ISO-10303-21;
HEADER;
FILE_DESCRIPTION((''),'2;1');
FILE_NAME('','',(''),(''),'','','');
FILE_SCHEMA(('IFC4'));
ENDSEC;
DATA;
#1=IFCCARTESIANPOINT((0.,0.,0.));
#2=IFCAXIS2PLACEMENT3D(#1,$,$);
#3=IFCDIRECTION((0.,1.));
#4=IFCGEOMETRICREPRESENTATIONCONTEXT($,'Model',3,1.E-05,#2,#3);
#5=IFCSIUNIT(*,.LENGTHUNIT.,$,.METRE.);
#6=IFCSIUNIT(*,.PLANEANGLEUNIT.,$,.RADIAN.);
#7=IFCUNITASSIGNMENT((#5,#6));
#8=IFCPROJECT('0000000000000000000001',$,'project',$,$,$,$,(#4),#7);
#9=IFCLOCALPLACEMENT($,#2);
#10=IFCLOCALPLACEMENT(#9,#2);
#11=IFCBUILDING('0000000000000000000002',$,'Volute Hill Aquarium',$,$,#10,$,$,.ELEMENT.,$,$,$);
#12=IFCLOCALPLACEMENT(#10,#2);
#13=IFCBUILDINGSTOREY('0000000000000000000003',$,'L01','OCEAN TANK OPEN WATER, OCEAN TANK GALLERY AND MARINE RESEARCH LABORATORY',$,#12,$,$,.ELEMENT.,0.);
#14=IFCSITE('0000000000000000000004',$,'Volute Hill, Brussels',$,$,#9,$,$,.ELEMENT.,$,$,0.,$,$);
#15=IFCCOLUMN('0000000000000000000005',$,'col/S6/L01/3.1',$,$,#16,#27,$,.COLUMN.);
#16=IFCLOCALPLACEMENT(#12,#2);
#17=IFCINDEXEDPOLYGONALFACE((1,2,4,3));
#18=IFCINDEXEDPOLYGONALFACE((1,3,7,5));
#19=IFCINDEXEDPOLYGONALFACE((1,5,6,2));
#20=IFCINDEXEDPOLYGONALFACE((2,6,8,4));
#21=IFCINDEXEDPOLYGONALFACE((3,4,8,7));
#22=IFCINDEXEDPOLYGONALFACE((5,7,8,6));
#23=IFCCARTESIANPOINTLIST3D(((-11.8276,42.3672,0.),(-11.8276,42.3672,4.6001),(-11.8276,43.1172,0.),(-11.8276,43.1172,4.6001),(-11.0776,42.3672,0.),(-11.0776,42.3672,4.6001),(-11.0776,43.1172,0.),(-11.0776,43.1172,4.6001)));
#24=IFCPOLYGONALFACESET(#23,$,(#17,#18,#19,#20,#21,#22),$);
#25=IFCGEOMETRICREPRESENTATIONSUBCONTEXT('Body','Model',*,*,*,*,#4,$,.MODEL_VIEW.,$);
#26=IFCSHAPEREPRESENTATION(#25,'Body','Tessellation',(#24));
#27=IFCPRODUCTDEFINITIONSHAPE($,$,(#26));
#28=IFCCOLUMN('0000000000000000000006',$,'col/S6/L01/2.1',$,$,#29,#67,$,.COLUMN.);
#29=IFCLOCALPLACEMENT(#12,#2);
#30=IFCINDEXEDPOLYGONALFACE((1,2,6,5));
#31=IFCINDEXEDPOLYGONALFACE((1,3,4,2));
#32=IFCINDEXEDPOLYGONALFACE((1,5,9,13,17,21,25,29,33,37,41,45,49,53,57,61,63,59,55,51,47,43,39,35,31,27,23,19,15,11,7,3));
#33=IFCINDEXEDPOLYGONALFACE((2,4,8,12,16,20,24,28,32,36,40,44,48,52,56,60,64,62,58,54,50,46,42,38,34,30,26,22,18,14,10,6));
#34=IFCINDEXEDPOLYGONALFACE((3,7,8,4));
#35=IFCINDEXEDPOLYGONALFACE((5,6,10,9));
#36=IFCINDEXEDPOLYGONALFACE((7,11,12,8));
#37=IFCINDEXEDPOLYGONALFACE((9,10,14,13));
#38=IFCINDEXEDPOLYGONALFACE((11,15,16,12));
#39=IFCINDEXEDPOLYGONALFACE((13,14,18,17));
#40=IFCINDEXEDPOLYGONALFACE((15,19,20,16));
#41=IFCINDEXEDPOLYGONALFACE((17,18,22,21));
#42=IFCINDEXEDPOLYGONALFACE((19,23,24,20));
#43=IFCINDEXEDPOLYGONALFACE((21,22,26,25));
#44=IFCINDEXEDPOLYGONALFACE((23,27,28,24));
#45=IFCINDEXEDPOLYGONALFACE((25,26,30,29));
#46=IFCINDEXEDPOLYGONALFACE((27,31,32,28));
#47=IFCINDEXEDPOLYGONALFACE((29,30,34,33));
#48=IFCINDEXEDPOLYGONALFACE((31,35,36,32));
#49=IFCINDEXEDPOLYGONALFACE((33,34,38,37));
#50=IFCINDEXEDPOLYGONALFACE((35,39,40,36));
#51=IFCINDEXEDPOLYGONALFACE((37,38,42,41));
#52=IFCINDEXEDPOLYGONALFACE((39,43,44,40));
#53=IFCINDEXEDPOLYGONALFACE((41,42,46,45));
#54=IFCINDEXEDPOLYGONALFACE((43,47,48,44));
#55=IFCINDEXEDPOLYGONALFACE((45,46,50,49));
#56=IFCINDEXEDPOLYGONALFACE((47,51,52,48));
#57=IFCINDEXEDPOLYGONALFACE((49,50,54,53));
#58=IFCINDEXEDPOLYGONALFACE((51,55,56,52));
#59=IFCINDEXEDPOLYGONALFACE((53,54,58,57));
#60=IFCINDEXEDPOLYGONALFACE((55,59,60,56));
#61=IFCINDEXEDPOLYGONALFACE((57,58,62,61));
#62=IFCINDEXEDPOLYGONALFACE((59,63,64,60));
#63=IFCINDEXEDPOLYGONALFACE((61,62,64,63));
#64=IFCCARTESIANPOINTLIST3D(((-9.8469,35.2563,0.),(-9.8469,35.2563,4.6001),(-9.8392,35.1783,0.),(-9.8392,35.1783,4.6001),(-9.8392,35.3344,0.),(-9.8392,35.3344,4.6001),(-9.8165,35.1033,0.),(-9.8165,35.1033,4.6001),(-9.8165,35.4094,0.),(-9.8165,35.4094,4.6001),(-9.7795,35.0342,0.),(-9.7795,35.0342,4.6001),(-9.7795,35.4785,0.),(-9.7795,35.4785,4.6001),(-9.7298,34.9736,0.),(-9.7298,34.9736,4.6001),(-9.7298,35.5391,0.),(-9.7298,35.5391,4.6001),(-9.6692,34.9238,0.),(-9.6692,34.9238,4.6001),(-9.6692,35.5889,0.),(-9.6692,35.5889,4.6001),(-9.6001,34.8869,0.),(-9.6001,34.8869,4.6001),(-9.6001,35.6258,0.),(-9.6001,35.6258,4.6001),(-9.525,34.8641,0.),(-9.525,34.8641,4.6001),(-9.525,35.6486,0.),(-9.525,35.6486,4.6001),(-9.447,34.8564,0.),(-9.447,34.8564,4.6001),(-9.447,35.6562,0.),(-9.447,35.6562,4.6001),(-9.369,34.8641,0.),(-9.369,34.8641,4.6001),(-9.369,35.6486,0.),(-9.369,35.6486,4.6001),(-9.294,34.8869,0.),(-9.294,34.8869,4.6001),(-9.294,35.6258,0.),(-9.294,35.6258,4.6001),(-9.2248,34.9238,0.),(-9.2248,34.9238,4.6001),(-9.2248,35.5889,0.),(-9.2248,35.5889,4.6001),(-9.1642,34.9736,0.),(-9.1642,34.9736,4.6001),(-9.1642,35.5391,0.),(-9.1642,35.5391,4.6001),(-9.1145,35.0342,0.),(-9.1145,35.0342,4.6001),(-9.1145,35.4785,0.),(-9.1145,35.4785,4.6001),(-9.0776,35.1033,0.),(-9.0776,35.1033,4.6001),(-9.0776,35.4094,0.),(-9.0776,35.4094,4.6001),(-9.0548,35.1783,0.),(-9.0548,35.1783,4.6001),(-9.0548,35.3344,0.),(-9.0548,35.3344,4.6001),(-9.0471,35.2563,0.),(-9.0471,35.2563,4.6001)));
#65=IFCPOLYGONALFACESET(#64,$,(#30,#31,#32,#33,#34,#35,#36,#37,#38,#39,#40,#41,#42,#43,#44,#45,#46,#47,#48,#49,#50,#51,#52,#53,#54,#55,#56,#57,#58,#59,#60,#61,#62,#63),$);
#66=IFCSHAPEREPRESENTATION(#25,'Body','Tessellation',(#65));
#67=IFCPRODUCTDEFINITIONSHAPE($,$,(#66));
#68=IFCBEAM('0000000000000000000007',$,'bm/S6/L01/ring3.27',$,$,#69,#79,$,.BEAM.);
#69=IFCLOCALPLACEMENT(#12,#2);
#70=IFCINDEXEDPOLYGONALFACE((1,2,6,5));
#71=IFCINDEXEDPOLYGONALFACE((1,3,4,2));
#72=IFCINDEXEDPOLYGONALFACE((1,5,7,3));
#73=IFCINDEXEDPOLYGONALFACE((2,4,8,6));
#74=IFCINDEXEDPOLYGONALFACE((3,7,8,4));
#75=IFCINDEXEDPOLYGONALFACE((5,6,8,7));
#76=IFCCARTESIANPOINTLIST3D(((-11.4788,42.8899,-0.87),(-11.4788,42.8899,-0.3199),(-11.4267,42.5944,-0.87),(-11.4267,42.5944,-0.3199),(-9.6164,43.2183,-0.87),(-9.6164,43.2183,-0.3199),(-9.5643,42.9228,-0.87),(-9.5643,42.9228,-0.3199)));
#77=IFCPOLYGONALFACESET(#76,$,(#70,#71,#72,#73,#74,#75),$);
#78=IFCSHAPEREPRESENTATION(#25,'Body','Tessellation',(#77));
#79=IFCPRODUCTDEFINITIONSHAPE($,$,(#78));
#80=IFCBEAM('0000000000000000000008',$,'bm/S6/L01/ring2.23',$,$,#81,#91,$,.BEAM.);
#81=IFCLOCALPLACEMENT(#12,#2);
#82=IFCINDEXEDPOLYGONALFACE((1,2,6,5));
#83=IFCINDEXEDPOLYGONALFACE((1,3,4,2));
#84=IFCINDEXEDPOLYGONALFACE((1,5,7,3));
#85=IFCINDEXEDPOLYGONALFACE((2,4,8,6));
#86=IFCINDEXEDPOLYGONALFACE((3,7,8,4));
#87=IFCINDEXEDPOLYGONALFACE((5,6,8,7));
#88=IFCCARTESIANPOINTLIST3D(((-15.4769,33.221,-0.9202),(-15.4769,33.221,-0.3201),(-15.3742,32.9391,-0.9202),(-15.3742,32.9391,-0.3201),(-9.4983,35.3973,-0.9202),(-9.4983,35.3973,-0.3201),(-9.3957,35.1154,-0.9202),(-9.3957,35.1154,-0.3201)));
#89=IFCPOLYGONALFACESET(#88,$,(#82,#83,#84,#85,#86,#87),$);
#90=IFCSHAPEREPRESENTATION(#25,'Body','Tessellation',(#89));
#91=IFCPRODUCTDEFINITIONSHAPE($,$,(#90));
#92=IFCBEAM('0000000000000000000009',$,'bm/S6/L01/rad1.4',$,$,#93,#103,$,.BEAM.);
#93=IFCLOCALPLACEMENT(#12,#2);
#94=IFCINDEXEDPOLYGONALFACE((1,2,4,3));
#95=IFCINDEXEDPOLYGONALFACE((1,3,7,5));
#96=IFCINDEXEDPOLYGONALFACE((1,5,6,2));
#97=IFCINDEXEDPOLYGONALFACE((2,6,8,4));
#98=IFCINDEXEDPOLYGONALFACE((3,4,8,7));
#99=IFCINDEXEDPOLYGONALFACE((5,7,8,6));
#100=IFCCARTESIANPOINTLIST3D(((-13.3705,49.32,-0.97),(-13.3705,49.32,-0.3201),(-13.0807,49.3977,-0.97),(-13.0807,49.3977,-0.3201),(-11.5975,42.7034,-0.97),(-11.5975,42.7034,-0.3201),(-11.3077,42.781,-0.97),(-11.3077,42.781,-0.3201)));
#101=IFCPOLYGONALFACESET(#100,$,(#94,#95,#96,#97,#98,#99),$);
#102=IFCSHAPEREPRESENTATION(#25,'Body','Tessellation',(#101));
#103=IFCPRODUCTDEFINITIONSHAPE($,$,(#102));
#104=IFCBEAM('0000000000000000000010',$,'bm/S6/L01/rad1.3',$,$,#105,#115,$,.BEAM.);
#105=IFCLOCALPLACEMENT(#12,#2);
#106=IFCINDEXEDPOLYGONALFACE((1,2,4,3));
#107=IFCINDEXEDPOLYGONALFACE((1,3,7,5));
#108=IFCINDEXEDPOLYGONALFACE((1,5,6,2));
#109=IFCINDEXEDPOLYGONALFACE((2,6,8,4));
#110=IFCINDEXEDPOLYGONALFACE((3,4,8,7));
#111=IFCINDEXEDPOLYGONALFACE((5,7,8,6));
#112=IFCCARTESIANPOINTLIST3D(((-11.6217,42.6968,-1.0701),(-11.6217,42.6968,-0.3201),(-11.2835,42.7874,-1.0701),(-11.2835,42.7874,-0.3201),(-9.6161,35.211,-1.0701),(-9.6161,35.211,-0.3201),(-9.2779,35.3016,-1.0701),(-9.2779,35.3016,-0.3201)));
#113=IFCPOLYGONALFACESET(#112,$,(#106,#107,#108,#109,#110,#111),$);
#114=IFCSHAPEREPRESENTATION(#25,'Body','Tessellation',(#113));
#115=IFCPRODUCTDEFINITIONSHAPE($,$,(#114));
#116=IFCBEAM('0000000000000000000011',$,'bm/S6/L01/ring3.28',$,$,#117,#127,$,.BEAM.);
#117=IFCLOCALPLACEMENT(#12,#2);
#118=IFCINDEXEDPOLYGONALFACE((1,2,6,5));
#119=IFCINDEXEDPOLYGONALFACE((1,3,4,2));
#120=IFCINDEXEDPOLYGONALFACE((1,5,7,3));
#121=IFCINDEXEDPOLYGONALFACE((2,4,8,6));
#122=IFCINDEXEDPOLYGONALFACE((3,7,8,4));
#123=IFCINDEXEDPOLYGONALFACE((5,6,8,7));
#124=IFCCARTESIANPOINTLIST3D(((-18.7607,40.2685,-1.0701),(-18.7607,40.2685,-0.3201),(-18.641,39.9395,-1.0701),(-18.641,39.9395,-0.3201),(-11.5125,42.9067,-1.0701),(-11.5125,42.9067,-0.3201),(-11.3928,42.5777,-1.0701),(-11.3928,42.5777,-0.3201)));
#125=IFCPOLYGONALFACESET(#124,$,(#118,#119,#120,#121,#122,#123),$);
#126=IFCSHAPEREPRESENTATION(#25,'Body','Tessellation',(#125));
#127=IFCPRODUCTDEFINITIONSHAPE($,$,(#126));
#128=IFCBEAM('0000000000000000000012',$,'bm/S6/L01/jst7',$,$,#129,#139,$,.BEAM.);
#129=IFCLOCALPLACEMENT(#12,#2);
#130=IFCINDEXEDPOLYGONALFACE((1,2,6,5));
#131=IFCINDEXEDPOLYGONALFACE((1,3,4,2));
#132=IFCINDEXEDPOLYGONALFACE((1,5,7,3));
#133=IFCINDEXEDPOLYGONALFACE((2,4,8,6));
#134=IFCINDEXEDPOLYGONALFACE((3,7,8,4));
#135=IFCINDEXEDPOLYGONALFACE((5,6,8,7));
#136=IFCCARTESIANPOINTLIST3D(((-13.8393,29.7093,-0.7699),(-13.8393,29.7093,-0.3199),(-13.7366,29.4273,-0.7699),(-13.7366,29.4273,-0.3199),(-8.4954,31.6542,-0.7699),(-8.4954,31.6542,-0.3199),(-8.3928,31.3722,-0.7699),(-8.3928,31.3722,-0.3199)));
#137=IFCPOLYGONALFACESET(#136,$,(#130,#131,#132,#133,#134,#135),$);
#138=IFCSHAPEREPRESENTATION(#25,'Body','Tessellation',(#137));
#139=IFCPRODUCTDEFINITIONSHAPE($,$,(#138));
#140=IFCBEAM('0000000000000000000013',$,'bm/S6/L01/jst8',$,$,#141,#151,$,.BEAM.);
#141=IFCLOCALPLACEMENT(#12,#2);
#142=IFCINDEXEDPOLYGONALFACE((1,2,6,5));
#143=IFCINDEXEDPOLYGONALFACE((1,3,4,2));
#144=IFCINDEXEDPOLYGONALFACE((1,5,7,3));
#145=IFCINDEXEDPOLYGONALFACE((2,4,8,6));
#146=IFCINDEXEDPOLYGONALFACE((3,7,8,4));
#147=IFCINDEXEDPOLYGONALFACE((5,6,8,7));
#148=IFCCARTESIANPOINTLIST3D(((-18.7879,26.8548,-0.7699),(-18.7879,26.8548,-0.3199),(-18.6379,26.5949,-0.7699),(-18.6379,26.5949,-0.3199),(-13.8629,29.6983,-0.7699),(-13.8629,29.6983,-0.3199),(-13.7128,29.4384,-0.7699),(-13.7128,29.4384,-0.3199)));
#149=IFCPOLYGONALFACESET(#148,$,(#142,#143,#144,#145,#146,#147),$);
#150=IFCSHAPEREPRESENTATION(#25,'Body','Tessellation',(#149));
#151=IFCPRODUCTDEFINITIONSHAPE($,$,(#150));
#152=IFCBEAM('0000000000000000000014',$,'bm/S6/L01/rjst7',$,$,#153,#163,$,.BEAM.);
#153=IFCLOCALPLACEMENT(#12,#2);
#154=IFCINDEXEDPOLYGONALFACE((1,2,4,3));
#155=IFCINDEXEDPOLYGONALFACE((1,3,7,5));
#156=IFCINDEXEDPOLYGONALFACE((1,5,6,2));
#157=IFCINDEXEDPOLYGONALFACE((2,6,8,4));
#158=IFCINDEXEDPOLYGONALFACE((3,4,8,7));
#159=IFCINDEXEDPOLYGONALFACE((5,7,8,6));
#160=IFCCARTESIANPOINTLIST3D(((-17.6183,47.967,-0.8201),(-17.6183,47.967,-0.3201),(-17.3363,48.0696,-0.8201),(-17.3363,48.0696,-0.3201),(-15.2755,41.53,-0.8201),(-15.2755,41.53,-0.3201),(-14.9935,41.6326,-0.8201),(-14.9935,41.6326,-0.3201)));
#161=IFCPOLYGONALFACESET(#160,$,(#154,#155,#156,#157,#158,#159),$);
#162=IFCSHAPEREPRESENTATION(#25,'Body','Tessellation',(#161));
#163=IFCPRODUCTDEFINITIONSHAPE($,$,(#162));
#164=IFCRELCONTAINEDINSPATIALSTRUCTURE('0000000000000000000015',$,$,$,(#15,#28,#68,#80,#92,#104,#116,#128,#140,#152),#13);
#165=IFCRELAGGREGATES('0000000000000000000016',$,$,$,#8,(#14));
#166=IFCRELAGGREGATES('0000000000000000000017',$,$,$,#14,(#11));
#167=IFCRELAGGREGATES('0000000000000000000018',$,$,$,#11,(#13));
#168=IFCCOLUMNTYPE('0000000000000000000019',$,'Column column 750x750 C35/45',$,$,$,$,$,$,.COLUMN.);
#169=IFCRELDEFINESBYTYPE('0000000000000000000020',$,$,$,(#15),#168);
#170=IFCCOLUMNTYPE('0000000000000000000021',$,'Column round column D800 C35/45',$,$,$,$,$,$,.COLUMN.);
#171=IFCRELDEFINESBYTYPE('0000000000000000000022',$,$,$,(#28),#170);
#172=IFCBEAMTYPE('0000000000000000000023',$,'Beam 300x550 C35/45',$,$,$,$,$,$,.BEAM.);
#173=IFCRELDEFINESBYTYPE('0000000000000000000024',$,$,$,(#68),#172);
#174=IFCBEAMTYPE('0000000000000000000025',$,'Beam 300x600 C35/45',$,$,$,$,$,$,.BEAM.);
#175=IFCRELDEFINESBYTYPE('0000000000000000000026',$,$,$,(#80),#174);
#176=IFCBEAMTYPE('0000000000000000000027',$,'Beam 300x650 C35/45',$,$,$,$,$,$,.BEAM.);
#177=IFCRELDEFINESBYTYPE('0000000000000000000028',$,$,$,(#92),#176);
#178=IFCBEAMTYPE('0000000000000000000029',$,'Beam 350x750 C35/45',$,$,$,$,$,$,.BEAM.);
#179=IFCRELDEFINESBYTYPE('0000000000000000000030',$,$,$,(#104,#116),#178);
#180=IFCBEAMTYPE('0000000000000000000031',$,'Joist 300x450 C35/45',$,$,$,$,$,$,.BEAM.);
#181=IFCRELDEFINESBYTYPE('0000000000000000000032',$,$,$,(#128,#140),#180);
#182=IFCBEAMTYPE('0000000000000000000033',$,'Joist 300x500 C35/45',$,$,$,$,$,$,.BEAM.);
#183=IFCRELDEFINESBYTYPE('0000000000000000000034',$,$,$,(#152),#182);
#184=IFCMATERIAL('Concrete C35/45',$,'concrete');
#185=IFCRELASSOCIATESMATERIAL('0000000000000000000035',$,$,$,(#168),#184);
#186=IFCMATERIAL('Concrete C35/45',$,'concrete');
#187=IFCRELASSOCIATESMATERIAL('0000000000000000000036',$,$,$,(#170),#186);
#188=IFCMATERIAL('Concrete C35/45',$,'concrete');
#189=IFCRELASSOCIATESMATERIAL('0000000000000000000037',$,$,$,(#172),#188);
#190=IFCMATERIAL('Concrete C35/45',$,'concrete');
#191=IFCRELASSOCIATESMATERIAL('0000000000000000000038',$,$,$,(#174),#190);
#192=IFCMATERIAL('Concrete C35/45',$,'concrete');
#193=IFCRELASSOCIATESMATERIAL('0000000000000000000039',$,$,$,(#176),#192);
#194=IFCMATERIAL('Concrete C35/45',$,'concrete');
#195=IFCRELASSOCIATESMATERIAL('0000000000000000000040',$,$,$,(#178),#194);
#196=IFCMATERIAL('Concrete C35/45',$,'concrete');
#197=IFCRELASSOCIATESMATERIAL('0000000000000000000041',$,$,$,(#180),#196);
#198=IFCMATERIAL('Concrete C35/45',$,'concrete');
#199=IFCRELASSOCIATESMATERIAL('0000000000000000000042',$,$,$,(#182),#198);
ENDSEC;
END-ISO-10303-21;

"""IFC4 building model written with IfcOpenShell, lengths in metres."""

from ifc_helpers import new_model, si_unit, direction, frame, origin, origin_2d, place, context, subcontext, project, spatial, rectangle, circle, extrude, material, material_profile, profile_set, type_object, element, save


model = new_model("IFC4")

# Units and contexts
model_context = context("Model", 3, precision=1e-05, world=origin(), true_north=direction((0.0, 1.0)))
body_context = subcontext(model_context, "Body", "Model", "MODEL_VIEW")
ifc_project = project(units=[si_unit("LENGTHUNIT", "METRE"), si_unit("PLANEANGLEUNIT", "RADIAN")], contexts=[model_context])

# Site, building, storey
site_placement = place(None, origin())
site = spatial("IfcSite", under=ifc_project, at=site_placement, Name="Volute Hill, Brussels", CompositionType="ELEMENT", RefElevation=0.0)
building_placement = place(site_placement, origin())
building = spatial("IfcBuilding", under=site, at=building_placement, Name="Volute Hill Aquarium", CompositionType="ELEMENT")
storey_placement = place(building_placement, origin())
storey = spatial("IfcBuildingStorey", under=building, at=storey_placement, Name="L01", Description="OCEAN TANK OPEN WATER, OCEAN TANK GALLERY AND MARINE RESEARCH LABORATORY", CompositionType="ELEMENT", Elevation=0.0)

# Columns
ifc_material_1 = material(Name="Concrete C35/45", Category="concrete")
ifc_material_profile_1 = material_profile(ifc_material_1, rectangle(XDim=0.75, YDim=0.75, at=origin_2d()), Name="RC column 750x750")
ifc_profile_set_1 = profile_set([ifc_material_profile_1], Name="Concrete C35/45")
column_type_1 = type_object("IfcColumnType", Name="Column column 750x750 C35/45", PredefinedType="COLUMN", material=ifc_profile_set_1)
column_1_placement = place(storey_placement, frame((-11.4526, 42.7422, 0.0), z_axis=(0.0, 0.0, 1.0), x_axis=(1.0, 0.0, 0.0)))
element("IfcColumn", 1, at=column_1_placement, inside=storey, type_object=column_type_1, Name="col/S6/L01/3.1", PredefinedType="COLUMN", context=body_context, shape_type="SweptSolid", body=[
    extrude(rectangle(XDim=0.75, YDim=0.75, at=origin_2d()), origin(), (0.0, 0.0, 1.0), 4.6001),
])
ifc_material_2 = material(Name="Concrete C35/45", Category="concrete")
ifc_material_profile_2 = material_profile(ifc_material_2, circle(Radius=0.3999, at=origin_2d()), Name="RC round column D800")
ifc_profile_set_2 = profile_set([ifc_material_profile_2], Name="Concrete C35/45")
column_type_2 = type_object("IfcColumnType", Name="Column round column D800 C35/45", PredefinedType="COLUMN", material=ifc_profile_set_2)
column_2_placement = place(storey_placement, frame((-9.447, 35.2563, 0.0), z_axis=(0.0, 0.0, 1.0), x_axis=(1.0, 0.0, 0.0)))
element("IfcColumn", 2, at=column_2_placement, inside=storey, type_object=column_type_2, Name="col/S6/L01/2.1", PredefinedType="COLUMN", context=body_context, shape_type="SweptSolid", body=[
    extrude(circle(Radius=0.3999, at=origin_2d()), origin(), (0.0, 0.0, 1.0), 4.6001),
])

# Beams
ifc_material_3 = material(Name="Concrete C35/45", Category="concrete")
ifc_material_profile_3 = material_profile(ifc_material_3, rectangle(XDim=0.3, YDim=0.55, at=origin_2d()), Name="RC beam 300x550")
ifc_profile_set_3 = profile_set([ifc_material_profile_3], Name="Concrete C35/45")
beam_type_1 = type_object("IfcBeamType", Name="Beam 300x550 C35/45", PredefinedType="BEAM", material=ifc_profile_set_3)
beam_1_placement = place(storey_placement, frame((-9.5903, 43.0706, -0.595), z_axis=(-0.984808, -0.173645, 0.0), x_axis=(0.173645, -0.984808, 0.0)))
element("IfcBeam", 3, at=beam_1_placement, inside=storey, type_object=beam_type_1, Name="bm/S6/L01/ring3.27", PredefinedType="BEAM", context=body_context, shape_type="SweptSolid", body=[
    extrude(rectangle(XDim=0.3, YDim=0.55, at=origin_2d()), origin(), (0.0, 0.0, 1.0), 1.8911),
])
ifc_material_4 = material(Name="Concrete C35/45", Category="concrete")
ifc_material_profile_4 = material_profile(ifc_material_4, rectangle(XDim=0.3, YDim=0.6001, at=origin_2d()), Name="RC beam 300x600")
ifc_profile_set_4 = profile_set([ifc_material_profile_4], Name="Concrete C35/45")
beam_type_2 = type_object("IfcBeamType", Name="Beam 300x600 C35/45", PredefinedType="BEAM", material=ifc_profile_set_4)
beam_2_placement = place(storey_placement, frame((-9.447, 35.2563, -0.6201), z_axis=(-0.939679, -0.342057, 0.0), x_axis=(0.342057, -0.939679, 0.0)))
element("IfcBeam", 4, at=beam_2_placement, inside=storey, type_object=beam_type_2, Name="bm/S6/L01/ring2.23", PredefinedType="BEAM", context=body_context, shape_type="SweptSolid", body=[
    extrude(rectangle(XDim=0.3, YDim=0.6001, at=origin_2d()), origin(), (0.0, 0.0, 1.0), 6.3623),
])
ifc_material_5 = material(Name="Concrete C35/45", Category="concrete")
ifc_material_profile_5 = material_profile(ifc_material_5, rectangle(XDim=0.3, YDim=0.6499, at=origin_2d()), Name="RC beam 300x650")
ifc_profile_set_5 = profile_set([ifc_material_profile_5], Name="Concrete C35/45")
beam_type_3 = type_object("IfcBeamType", Name="Beam 300x650 C35/45", PredefinedType="BEAM", material=ifc_profile_set_5)
beam_3_placement = place(storey_placement, frame((-11.4526, 42.7422, -0.645), z_axis=(-0.25882, 0.965925, 0.0), x_axis=(-0.965925, -0.25882, 0.0)))
element("IfcBeam", 5, at=beam_3_placement, inside=storey, type_object=beam_type_3, Name="bm/S6/L01/rad1.4", PredefinedType="BEAM", context=body_context, shape_type="SweptSolid", body=[
    extrude(rectangle(XDim=0.3, YDim=0.6499, at=origin_2d()), origin(), (0.0, 0.0, 1.0), 6.8501),
])
ifc_material_6 = material(Name="Concrete C35/45", Category="concrete")
ifc_material_profile_6 = material_profile(ifc_material_6, rectangle(XDim=0.3501, YDim=0.75, at=origin_2d()), Name="RC beam 350x750")
ifc_profile_set_6 = profile_set([ifc_material_profile_6], Name="Concrete C35/45")
beam_type_4 = type_object("IfcBeamType", Name="Beam 350x750 C35/45", PredefinedType="BEAM", material=ifc_profile_set_6)
beam_4_placement = place(storey_placement, frame((-9.447, 35.2563, -0.6951), z_axis=(-0.258794, 0.965933, 0.0), x_axis=(-0.965933, -0.258794, 0.0)))
element("IfcBeam", 6, at=beam_4_placement, inside=storey, type_object=beam_type_4, Name="bm/S6/L01/rad1.3", PredefinedType="BEAM", context=body_context, shape_type="SweptSolid", body=[
    extrude(rectangle(XDim=0.3501, YDim=0.75, at=origin_2d()), origin(), (0.0, 0.0, 1.0), 7.7498),
])
beam_5_placement = place(storey_placement, frame((-11.4526, 42.7422, -0.6951), z_axis=(-0.939692, -0.342023, 0.0), x_axis=(0.342023, -0.939692, 0.0)))
element("IfcBeam", 7, at=beam_5_placement, inside=storey, type_object=beam_type_4, Name="bm/S6/L01/ring3.28", PredefinedType="BEAM", context=body_context, shape_type="SweptSolid", body=[
    extrude(rectangle(XDim=0.3501, YDim=0.75, at=origin_2d()), origin(), (0.0, 0.0, 1.0), 7.7134),
])
ifc_material_7 = material(Name="Concrete C35/45", Category="concrete")
ifc_material_profile_7 = material_profile(ifc_material_7, rectangle(XDim=0.3, YDim=0.45, at=origin_2d()), Name="RC joist 300x450")
ifc_profile_set_7 = profile_set([ifc_material_profile_7], Name="Concrete C35/45")
beam_type_5 = type_object("IfcBeamType", Name="Joist 300x450 C35/45", PredefinedType="BEAM", material=ifc_profile_set_7)
beam_6_placement = place(storey_placement, frame((-8.4441, 31.5132, -0.5449), z_axis=(-0.939701, -0.341998, 0.0), x_axis=(0.341998, -0.939701, 0.0)))
element("IfcBeam", 8, at=beam_6_placement, inside=storey, type_object=beam_type_5, Name="bm/S6/L01/jst7", PredefinedType="BEAM", context=body_context, shape_type="SweptSolid", body=[
    extrude(rectangle(XDim=0.3, YDim=0.45, at=origin_2d()), origin(), (0.0, 0.0, 1.0), 5.6868),
])
beam_7_placement = place(storey_placement, frame((-13.7878, 29.5684, -0.5449), z_axis=(-0.866023, -0.500004, 0.0), x_axis=(0.500004, -0.866023, 0.0)))
element("IfcBeam", 9, at=beam_7_placement, inside=storey, type_object=beam_type_5, Name="bm/S6/L01/jst8", PredefinedType="BEAM", context=body_context, shape_type="SweptSolid", body=[
    extrude(rectangle(XDim=0.3, YDim=0.45, at=origin_2d()), origin(), (0.0, 0.0, 1.0), 5.687),
])
ifc_material_8 = material(Name="Concrete C35/45", Category="concrete")
ifc_material_profile_8 = material_profile(ifc_material_8, rectangle(XDim=0.3, YDim=0.5, at=origin_2d()), Name="RC joist 300x500")
ifc_profile_set_8 = profile_set([ifc_material_profile_8], Name="Concrete C35/45")
beam_type_6 = type_object("IfcBeamType", Name="Joist 300x500 C35/45", PredefinedType="BEAM", material=ifc_profile_set_8)
beam_8_placement = place(storey_placement, frame((-15.1345, 41.5813, -0.5701), z_axis=(-0.342006, 0.939698, 0.0), x_axis=(-0.939698, -0.342006, 0.0)))
element("IfcBeam", 10, at=beam_8_placement, inside=storey, type_object=beam_type_6, Name="bm/S6/L01/rjst7", PredefinedType="BEAM", context=body_context, shape_type="SweptSolid", body=[
    extrude(rectangle(XDim=0.3, YDim=0.5, at=origin_2d()), origin(), (0.0, 0.0, 1.0), 6.8501),
])

save(model, "model.ifc")
